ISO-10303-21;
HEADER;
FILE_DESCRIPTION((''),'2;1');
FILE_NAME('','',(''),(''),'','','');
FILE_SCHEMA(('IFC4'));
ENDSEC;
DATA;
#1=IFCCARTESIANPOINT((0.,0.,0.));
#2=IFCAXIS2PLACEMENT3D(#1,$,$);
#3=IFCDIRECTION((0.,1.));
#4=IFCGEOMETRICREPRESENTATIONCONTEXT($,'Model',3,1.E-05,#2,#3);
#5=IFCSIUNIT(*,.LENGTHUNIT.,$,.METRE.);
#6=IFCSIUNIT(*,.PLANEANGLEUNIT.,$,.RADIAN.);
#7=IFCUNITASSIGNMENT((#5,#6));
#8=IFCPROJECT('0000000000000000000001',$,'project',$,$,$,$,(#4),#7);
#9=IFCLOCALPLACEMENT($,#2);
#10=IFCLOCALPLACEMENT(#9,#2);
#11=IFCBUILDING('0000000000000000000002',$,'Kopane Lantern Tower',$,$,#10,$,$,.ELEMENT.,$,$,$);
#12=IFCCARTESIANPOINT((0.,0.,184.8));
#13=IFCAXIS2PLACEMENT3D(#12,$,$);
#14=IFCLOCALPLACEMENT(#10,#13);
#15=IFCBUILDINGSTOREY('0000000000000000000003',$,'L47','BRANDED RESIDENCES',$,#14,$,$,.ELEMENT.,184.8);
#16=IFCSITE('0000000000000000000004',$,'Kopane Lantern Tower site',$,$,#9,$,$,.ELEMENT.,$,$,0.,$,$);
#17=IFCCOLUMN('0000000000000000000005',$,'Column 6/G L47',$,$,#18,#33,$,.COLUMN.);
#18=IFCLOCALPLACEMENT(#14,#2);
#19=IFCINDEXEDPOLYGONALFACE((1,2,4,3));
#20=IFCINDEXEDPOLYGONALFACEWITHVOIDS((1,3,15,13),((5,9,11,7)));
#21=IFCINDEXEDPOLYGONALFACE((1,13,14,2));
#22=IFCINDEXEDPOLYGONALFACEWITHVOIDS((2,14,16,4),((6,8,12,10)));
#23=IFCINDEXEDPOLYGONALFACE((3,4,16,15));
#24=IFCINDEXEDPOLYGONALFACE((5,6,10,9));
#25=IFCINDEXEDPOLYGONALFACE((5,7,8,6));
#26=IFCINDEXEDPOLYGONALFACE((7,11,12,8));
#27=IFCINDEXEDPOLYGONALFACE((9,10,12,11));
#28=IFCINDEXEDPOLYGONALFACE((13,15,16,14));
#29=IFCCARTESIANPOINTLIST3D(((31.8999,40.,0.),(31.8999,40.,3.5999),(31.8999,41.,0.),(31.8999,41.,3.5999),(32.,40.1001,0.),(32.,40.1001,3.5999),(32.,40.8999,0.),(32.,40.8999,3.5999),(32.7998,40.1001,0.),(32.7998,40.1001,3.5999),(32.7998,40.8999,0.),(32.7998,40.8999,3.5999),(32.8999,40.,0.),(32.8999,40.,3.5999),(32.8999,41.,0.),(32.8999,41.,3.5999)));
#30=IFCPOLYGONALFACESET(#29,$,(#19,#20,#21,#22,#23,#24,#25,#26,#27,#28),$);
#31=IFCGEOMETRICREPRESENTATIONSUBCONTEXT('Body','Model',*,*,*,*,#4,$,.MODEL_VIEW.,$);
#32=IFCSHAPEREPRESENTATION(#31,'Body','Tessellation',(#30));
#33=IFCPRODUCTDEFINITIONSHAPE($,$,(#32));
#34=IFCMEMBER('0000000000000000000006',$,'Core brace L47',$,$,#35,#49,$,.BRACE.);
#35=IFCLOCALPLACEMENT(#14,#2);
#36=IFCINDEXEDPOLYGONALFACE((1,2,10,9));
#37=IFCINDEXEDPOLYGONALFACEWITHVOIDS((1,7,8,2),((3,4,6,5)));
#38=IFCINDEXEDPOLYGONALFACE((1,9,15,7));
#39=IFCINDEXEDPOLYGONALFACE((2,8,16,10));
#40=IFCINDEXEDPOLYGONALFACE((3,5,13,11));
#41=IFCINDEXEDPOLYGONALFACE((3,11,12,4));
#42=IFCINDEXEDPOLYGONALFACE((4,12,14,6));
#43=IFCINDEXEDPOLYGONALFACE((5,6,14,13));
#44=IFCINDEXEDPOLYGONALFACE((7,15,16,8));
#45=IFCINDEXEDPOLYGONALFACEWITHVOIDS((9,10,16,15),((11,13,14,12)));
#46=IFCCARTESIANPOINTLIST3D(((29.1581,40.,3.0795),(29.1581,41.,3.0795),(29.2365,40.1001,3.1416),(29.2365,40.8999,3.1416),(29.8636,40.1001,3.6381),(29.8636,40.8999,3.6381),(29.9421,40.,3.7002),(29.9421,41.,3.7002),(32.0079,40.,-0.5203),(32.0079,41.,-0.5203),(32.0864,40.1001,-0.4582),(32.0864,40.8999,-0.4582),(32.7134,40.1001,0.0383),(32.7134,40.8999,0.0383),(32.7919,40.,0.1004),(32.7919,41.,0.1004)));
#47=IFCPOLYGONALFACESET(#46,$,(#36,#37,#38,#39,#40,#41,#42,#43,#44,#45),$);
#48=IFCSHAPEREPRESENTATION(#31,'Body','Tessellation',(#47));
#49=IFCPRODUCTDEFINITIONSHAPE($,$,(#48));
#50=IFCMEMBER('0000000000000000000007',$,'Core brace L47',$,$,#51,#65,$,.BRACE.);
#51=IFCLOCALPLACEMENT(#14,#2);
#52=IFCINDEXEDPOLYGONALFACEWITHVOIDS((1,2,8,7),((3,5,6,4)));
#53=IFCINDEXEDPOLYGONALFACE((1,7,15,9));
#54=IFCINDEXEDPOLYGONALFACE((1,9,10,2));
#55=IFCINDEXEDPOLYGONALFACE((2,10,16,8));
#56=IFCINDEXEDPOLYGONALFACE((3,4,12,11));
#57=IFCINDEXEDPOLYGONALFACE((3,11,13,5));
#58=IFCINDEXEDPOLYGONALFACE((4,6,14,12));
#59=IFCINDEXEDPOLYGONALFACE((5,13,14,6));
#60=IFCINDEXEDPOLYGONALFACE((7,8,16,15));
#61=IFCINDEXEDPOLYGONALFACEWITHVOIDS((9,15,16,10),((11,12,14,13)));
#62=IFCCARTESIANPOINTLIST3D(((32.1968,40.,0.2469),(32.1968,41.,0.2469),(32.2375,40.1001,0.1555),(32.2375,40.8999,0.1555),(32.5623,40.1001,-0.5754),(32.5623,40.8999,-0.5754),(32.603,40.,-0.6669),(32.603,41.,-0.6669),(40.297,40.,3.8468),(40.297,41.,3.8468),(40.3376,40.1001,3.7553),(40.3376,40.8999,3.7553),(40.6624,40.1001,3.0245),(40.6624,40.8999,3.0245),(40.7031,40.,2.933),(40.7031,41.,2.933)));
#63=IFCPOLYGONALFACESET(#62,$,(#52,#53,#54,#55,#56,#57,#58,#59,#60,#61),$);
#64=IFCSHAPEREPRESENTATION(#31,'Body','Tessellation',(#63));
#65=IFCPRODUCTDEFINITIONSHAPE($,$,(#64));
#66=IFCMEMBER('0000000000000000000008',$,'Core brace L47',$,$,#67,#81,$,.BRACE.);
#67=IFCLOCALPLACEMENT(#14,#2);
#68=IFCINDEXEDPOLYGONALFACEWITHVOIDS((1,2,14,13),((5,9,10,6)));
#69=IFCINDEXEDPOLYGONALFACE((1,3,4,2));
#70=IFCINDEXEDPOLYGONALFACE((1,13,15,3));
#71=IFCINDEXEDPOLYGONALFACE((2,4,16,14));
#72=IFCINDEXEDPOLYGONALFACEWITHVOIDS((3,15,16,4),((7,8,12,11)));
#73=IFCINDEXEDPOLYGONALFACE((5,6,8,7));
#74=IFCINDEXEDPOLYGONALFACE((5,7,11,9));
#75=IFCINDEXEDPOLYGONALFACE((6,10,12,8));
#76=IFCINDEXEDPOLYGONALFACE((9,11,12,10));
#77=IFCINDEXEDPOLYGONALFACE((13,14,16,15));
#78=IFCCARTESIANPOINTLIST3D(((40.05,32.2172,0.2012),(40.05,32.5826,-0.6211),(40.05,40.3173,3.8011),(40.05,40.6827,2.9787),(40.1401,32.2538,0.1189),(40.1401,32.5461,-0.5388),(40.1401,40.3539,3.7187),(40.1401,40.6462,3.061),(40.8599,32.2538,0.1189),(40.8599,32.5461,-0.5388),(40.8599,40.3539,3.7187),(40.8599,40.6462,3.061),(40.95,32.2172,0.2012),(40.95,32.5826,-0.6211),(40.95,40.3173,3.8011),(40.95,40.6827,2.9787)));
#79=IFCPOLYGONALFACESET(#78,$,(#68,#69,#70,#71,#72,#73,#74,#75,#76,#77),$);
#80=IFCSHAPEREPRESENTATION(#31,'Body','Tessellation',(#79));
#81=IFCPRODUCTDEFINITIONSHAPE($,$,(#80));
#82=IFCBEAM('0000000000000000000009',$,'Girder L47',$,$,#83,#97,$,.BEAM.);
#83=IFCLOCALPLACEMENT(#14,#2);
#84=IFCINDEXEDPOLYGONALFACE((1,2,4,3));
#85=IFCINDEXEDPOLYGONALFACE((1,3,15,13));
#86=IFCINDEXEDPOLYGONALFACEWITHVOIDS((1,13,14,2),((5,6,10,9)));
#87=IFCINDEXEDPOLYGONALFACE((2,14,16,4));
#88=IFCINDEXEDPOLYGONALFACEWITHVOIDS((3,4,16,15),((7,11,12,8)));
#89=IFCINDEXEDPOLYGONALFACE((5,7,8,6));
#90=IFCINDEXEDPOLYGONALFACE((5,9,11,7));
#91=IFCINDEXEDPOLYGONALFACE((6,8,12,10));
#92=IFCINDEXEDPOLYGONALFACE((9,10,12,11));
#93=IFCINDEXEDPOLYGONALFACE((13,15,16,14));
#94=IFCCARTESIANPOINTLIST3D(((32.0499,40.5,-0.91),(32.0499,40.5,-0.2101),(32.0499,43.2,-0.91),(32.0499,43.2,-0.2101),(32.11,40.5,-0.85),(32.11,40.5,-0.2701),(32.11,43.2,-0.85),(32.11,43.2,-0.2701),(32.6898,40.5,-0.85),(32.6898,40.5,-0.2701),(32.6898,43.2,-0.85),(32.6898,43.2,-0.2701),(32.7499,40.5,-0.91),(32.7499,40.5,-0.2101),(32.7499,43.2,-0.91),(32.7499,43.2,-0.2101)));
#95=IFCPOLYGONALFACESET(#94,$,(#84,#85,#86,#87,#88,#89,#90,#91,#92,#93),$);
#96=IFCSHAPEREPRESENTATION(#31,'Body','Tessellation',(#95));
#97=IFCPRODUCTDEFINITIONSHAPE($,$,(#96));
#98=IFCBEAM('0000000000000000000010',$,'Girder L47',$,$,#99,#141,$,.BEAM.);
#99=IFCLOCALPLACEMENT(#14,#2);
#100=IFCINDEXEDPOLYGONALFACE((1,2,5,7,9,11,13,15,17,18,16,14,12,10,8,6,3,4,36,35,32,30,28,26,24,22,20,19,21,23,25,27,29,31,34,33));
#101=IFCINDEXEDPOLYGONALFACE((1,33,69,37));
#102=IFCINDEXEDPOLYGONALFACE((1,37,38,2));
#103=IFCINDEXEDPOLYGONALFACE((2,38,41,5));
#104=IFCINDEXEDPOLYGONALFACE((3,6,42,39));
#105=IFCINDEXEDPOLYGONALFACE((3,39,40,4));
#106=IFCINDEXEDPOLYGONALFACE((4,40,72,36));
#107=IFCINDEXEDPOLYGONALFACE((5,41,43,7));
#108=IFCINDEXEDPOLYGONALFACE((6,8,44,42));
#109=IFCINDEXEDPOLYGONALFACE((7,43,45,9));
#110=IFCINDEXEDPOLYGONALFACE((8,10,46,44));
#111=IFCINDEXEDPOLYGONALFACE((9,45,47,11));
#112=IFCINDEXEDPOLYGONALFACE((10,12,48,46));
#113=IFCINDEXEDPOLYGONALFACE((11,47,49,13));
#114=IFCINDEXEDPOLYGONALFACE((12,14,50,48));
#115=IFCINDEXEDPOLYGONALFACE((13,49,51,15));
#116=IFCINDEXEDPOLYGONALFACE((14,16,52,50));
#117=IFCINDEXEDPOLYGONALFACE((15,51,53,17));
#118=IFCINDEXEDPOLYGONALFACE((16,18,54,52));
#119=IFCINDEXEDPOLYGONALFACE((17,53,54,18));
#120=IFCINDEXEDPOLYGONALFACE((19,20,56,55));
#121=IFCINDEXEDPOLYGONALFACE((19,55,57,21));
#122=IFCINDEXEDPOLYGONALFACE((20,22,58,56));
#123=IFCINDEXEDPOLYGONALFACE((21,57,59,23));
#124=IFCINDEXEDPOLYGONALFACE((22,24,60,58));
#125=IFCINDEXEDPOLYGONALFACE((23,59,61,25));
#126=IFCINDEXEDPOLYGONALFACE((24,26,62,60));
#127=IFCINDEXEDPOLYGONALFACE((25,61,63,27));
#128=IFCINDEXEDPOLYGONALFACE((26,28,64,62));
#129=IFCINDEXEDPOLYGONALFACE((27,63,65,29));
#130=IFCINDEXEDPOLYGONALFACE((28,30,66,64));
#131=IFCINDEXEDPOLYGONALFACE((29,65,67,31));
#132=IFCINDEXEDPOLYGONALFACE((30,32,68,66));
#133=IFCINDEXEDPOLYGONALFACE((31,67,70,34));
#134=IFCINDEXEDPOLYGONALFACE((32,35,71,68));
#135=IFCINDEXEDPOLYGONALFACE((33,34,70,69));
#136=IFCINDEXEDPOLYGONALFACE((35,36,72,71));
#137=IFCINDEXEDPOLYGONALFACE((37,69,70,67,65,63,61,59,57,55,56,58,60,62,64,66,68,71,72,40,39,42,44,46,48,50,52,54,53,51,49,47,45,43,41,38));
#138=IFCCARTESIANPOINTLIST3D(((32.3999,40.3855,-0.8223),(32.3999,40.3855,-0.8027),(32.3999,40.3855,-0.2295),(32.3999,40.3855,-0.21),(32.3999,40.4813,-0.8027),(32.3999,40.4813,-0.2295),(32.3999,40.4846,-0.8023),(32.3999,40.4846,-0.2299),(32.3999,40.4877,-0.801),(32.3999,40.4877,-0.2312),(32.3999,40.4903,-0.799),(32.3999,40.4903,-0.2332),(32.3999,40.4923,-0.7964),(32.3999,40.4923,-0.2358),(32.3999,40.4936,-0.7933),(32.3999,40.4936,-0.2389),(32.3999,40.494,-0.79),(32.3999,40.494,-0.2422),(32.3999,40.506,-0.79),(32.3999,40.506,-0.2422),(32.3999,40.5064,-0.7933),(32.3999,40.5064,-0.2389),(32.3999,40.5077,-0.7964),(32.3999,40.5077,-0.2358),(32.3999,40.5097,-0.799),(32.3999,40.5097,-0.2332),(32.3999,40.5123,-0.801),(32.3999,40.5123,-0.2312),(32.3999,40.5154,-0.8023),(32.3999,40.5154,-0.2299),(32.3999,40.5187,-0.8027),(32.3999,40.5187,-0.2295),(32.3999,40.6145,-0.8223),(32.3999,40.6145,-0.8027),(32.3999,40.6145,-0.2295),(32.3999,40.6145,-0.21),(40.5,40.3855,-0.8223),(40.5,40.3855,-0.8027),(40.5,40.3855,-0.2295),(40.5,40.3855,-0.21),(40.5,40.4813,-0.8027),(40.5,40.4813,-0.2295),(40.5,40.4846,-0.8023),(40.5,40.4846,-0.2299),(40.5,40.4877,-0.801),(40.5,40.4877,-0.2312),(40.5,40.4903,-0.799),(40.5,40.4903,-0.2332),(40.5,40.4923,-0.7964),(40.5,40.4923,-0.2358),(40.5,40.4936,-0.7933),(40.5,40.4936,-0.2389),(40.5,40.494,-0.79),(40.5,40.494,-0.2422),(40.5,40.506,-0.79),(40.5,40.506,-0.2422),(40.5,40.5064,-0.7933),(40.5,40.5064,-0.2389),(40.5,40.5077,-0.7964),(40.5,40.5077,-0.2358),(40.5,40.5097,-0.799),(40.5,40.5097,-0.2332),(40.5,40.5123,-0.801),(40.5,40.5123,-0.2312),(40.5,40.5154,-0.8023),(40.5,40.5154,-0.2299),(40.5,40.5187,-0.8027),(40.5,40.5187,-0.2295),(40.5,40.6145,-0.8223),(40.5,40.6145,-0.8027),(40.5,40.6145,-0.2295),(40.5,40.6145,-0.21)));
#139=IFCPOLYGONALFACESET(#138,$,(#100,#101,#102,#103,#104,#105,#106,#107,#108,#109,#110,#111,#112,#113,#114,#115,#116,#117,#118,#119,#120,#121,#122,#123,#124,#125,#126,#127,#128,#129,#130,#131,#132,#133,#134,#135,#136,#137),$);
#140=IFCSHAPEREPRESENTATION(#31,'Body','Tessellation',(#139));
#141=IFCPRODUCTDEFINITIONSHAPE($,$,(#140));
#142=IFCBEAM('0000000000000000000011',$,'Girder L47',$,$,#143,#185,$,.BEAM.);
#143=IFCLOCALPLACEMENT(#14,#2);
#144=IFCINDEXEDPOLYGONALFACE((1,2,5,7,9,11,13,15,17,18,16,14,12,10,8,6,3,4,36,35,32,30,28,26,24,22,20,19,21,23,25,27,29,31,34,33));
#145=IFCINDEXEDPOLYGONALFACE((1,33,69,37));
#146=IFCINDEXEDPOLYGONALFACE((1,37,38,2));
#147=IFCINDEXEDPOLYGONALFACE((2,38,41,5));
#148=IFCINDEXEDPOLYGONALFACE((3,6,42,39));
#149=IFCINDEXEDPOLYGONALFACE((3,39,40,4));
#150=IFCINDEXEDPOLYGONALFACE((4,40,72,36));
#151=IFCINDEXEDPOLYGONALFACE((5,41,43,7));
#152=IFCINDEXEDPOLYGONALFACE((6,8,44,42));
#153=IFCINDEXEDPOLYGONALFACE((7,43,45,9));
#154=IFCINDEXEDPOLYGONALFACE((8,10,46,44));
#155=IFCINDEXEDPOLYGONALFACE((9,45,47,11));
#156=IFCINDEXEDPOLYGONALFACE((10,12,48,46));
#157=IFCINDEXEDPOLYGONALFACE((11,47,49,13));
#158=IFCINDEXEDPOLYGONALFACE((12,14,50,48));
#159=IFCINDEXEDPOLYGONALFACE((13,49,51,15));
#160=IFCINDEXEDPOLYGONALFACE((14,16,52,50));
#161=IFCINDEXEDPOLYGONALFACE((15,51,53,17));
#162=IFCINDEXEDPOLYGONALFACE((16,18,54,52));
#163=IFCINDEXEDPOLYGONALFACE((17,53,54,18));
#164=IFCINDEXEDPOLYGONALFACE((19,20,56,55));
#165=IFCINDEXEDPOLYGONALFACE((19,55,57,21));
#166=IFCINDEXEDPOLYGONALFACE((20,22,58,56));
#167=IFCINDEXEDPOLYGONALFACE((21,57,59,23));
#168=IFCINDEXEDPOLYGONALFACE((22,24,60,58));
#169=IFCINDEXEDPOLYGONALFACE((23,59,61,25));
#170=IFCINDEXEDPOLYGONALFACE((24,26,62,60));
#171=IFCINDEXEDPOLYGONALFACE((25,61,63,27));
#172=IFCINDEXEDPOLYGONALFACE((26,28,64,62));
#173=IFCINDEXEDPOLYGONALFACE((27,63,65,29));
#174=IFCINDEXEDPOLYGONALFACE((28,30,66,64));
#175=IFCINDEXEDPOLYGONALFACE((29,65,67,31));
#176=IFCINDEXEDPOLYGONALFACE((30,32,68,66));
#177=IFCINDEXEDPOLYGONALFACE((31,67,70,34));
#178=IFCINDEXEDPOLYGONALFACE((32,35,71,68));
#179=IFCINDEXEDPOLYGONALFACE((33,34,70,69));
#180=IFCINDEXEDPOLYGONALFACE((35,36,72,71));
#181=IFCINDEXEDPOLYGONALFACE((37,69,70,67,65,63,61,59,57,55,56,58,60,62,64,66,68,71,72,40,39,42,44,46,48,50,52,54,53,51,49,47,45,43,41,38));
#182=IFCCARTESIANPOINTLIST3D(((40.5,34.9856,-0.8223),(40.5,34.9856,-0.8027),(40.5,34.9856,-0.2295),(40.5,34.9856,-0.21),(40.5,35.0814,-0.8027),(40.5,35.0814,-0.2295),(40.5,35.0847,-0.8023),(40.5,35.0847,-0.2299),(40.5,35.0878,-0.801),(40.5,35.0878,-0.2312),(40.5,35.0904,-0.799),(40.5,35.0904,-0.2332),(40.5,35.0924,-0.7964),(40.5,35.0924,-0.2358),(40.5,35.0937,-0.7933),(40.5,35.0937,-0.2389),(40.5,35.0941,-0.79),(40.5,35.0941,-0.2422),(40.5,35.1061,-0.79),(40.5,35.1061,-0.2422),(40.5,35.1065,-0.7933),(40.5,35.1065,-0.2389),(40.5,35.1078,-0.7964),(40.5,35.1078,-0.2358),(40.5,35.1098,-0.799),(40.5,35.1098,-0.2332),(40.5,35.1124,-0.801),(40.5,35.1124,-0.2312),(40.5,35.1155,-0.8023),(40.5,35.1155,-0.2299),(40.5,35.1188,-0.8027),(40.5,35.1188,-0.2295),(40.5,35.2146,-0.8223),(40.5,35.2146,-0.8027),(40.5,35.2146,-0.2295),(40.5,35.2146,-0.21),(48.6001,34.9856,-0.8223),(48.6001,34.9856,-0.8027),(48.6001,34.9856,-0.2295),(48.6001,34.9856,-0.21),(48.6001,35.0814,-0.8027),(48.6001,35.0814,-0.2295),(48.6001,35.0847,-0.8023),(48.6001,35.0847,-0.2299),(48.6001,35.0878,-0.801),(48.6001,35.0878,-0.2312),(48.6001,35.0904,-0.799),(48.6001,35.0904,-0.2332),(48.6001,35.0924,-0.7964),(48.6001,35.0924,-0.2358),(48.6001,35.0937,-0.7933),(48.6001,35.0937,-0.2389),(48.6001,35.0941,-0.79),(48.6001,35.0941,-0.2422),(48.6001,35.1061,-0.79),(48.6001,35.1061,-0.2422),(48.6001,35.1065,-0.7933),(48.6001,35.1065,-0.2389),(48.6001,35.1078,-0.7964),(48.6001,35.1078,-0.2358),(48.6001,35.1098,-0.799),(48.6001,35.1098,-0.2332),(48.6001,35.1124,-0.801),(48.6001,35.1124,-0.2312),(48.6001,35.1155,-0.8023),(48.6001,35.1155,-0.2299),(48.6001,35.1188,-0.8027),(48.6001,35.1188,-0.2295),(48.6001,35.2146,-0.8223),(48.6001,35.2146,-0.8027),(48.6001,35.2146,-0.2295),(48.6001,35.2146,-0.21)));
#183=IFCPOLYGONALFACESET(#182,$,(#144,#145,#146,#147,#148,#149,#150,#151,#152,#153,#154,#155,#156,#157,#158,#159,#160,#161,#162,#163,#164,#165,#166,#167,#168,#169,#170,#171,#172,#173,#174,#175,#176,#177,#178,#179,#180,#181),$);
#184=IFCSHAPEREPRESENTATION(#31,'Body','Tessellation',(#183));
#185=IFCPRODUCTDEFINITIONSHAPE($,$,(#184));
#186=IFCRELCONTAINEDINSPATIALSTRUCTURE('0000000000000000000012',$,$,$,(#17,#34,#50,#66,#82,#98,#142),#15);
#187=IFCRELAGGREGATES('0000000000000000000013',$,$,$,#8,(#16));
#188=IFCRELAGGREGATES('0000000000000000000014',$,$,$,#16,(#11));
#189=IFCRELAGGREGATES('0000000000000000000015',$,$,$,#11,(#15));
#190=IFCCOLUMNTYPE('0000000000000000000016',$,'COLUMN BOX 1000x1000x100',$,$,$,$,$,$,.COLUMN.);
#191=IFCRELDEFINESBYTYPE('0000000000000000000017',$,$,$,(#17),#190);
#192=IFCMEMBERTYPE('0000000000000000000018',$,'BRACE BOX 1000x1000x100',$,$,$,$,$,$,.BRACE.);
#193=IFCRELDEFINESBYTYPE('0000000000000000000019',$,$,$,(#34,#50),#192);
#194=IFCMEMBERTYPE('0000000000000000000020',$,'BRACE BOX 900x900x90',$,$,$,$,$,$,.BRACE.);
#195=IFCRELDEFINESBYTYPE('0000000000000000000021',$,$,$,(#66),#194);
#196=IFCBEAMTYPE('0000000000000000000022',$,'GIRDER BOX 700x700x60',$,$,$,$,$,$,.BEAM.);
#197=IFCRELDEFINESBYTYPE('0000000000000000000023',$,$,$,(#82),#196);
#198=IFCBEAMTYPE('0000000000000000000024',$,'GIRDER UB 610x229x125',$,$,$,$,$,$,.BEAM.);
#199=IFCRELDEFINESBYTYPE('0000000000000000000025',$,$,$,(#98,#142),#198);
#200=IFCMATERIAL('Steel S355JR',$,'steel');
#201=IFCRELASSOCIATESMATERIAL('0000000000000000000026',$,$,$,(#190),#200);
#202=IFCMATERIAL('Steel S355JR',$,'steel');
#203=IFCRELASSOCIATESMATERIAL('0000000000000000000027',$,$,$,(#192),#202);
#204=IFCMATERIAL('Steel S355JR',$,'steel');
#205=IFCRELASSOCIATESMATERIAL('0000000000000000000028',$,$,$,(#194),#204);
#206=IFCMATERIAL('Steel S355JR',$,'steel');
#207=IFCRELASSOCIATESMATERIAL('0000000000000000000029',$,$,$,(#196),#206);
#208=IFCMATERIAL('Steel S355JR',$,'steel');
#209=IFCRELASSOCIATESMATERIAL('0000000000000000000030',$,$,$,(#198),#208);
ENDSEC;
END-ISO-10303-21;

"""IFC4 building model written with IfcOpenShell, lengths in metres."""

from ifc_helpers import new_model, si_unit, direction, frame, origin, origin_2d, place, context, subcontext, project, spatial, hollow_rectangle, i_section, extrude, material, material_profile, profile_set, type_object, element, save


model = new_model("IFC4")

# Units and contexts
model_context = context("Model", 3, precision=1e-05, world=origin(), true_north=direction((0.0, 1.0)))
body_context = subcontext(model_context, "Body", "Model", "MODEL_VIEW")
ifc_project = project(units=[si_unit("LENGTHUNIT", "METRE"), si_unit("PLANEANGLEUNIT", "RADIAN")], contexts=[model_context])

# Site, building, storey
site_placement = place(None, origin())
site = spatial("IfcSite", under=ifc_project, at=site_placement, Name="Kopane Lantern Tower site", CompositionType="ELEMENT", RefElevation=0.0)
building_placement = place(site_placement, origin())
building = spatial("IfcBuilding", under=site, at=building_placement, Name="Kopane Lantern Tower", CompositionType="ELEMENT")
storey_placement = place(building_placement, frame((0.0, 0.0, 184.8)))
storey = spatial("IfcBuildingStorey", under=building, at=storey_placement, Name="L47", Description="BRANDED RESIDENCES", CompositionType="ELEMENT", Elevation=184.8)

# Column
ifc_material_1 = material(Name="Steel S355JR", Category="steel")
ifc_material_profile_1 = material_profile(ifc_material_1, hollow_rectangle(XDim=1.0, YDim=1.0, WallThickness=0.1001, at=origin_2d()), Name="BOX 1000x1000x100")
ifc_profile_set_1 = profile_set([ifc_material_profile_1], Name="Steel S355JR")
column_type = type_object("IfcColumnType", Name="COLUMN BOX 1000x1000x100", PredefinedType="COLUMN", material=ifc_profile_set_1)
column_placement = place(storey_placement, frame((32.3999, 40.5, 0.0), z_axis=(0.0, 0.0, 1.0), x_axis=(1.0, 0.0, 0.0)))
element("IfcColumn", 1, at=column_placement, inside=storey, type_object=column_type, Name="Column 6/G L47", PredefinedType="COLUMN", context=body_context, shape_type="SweptSolid", body=[
    extrude(hollow_rectangle(XDim=1.0, YDim=1.0, WallThickness=0.1001, at=origin_2d()), origin(), (0.0, 0.0, 1.0), 3.5999),
])

# Members
ifc_material_2 = material(Name="Steel S355JR", Category="steel")
ifc_material_profile_2 = material_profile(ifc_material_2, hollow_rectangle(XDim=1.0, YDim=1.0, WallThickness=0.1001, at=origin_2d()), Name="BOX 1000x1000x100")
ifc_profile_set_2 = profile_set([ifc_material_profile_2], Name="Steel S355JR")
member_type_1 = type_object("IfcMemberType", Name="BRACE BOX 1000x1000x100", PredefinedType="BRACE", material=ifc_profile_set_2)
member_1_placement = place(storey_placement, frame((32.3999, 40.5, -0.21), z_axis=(-0.620699, 0.0, 0.784049), x_axis=(0.0, -1.0, 0.0)))
element("IfcMember", 2, at=member_1_placement, inside=storey, type_object=member_type_1, Name="Core brace L47", PredefinedType="BRACE", context=body_context, shape_type="SweptSolid", body=[
    extrude(hollow_rectangle(XDim=1.0, YDim=1.0, WallThickness=0.1001, at=origin_2d()), origin(), (0.0, 0.0, 1.0), 4.5913),
])
member_2_placement = place(storey_placement, frame((32.3999, 40.5, -0.21), z_axis=(0.913819, 0.0, 0.406121), x_axis=(0.0, 1.0, 0.0)))
element("IfcMember", 3, at=member_2_placement, inside=storey, type_object=member_type_1, Name="Core brace L47", PredefinedType="BRACE", context=body_context, shape_type="SweptSolid", body=[
    extrude(hollow_rectangle(XDim=1.0, YDim=1.0, WallThickness=0.1001, at=origin_2d()), origin(), (0.0, 0.0, 1.0), 8.864),
])
ifc_material_3 = material(Name="Steel S355JR", Category="steel")
ifc_material_profile_3 = material_profile(ifc_material_3, hollow_rectangle(XDim=0.8999, YDim=0.8999, WallThickness=0.0901, at=origin_2d()), Name="BOX 900x900x90")
ifc_profile_set_3 = profile_set([ifc_material_profile_3], Name="Steel S355JR")
member_type_2 = type_object("IfcMemberType", Name="BRACE BOX 900x900x90", PredefinedType="BRACE", material=ifc_profile_set_3)
member_3_placement = place(storey_placement, frame((40.5, 32.3999, -0.21), z_axis=(0.0, 0.913819, 0.406121), x_axis=(-1.0, 0.0, 0.0)))
element("IfcMember", 4, at=member_3_placement, inside=storey, type_object=member_type_2, Name="Core brace L47", PredefinedType="BRACE", context=body_context, shape_type="SweptSolid", body=[
    extrude(hollow_rectangle(XDim=0.8999, YDim=0.8999, WallThickness=0.0901, at=origin_2d()), origin(), (0.0, 0.0, 1.0), 8.864),
])

# Beams
ifc_material_4 = material(Name="Steel S355JR", Category="steel")
ifc_material_profile_4 = material_profile(ifc_material_4, hollow_rectangle(XDim=0.7, YDim=0.7, WallThickness=0.0601, at=origin_2d()), Name="BOX 700x700x60")
ifc_profile_set_4 = profile_set([ifc_material_profile_4], Name="Steel S355JR")
beam_type_1 = type_object("IfcBeamType", Name="GIRDER BOX 700x700x60", PredefinedType="BEAM", material=ifc_profile_set_4)
beam_placement = place(storey_placement, frame((32.3999, 40.5, -0.5601), z_axis=(0.0, 1.0, 0.0), x_axis=(-1.0, 0.0, 0.0)))
element("IfcBeam", 5, at=beam_placement, inside=storey, type_object=beam_type_1, Name="Girder L47", PredefinedType="BEAM", context=body_context, shape_type="SweptSolid", body=[
    extrude(hollow_rectangle(XDim=0.7, YDim=0.7, WallThickness=0.0601, at=origin_2d()), origin(), (0.0, 0.0, 1.0), 2.7),
])
ifc_material_5 = material(Name="Steel S355JR", Category="steel")
ifc_material_profile_5 = material_profile(ifc_material_5, i_section(OverallWidth=0.229, OverallDepth=0.6123, WebThickness=0.012, FlangeThickness=0.0195, FilletRadius=0.0127, at=origin_2d()), Name="UB 610x229x125")
ifc_profile_set_5 = profile_set([ifc_material_profile_5], Name="Steel S355JR")
beam_type_2 = type_object("IfcBeamType", Name="GIRDER UB 610x229x125", PredefinedType="BEAM", material=ifc_profile_set_5)
for number, where, z_axis, x_axis, name in (
    (6, (32.3999, 40.5, -0.5161), (1.0, 0.0, 0.0), (0.0, 1.0, 0.0), "Girder L47"),
    (7, (40.5, 35.1001, -0.5161), (1.0, 0.0, 0.0), (0.0, 1.0, 0.0), "Girder L47"),
):
    element("IfcBeam", number, at=place(storey_placement, frame(where, z_axis=z_axis, x_axis=x_axis)), inside=storey, type_object=beam_type_2, Name=name, PredefinedType="BEAM", context=body_context, shape_type="SweptSolid", body=[
        extrude(i_section(OverallWidth=0.229, OverallDepth=0.6123, WebThickness=0.012, FlangeThickness=0.0195, FilletRadius=0.0127, at=origin_2d()), origin(), (0.0, 0.0, 1.0), 8.1001),
    ])

save(model, "model.ifc")
